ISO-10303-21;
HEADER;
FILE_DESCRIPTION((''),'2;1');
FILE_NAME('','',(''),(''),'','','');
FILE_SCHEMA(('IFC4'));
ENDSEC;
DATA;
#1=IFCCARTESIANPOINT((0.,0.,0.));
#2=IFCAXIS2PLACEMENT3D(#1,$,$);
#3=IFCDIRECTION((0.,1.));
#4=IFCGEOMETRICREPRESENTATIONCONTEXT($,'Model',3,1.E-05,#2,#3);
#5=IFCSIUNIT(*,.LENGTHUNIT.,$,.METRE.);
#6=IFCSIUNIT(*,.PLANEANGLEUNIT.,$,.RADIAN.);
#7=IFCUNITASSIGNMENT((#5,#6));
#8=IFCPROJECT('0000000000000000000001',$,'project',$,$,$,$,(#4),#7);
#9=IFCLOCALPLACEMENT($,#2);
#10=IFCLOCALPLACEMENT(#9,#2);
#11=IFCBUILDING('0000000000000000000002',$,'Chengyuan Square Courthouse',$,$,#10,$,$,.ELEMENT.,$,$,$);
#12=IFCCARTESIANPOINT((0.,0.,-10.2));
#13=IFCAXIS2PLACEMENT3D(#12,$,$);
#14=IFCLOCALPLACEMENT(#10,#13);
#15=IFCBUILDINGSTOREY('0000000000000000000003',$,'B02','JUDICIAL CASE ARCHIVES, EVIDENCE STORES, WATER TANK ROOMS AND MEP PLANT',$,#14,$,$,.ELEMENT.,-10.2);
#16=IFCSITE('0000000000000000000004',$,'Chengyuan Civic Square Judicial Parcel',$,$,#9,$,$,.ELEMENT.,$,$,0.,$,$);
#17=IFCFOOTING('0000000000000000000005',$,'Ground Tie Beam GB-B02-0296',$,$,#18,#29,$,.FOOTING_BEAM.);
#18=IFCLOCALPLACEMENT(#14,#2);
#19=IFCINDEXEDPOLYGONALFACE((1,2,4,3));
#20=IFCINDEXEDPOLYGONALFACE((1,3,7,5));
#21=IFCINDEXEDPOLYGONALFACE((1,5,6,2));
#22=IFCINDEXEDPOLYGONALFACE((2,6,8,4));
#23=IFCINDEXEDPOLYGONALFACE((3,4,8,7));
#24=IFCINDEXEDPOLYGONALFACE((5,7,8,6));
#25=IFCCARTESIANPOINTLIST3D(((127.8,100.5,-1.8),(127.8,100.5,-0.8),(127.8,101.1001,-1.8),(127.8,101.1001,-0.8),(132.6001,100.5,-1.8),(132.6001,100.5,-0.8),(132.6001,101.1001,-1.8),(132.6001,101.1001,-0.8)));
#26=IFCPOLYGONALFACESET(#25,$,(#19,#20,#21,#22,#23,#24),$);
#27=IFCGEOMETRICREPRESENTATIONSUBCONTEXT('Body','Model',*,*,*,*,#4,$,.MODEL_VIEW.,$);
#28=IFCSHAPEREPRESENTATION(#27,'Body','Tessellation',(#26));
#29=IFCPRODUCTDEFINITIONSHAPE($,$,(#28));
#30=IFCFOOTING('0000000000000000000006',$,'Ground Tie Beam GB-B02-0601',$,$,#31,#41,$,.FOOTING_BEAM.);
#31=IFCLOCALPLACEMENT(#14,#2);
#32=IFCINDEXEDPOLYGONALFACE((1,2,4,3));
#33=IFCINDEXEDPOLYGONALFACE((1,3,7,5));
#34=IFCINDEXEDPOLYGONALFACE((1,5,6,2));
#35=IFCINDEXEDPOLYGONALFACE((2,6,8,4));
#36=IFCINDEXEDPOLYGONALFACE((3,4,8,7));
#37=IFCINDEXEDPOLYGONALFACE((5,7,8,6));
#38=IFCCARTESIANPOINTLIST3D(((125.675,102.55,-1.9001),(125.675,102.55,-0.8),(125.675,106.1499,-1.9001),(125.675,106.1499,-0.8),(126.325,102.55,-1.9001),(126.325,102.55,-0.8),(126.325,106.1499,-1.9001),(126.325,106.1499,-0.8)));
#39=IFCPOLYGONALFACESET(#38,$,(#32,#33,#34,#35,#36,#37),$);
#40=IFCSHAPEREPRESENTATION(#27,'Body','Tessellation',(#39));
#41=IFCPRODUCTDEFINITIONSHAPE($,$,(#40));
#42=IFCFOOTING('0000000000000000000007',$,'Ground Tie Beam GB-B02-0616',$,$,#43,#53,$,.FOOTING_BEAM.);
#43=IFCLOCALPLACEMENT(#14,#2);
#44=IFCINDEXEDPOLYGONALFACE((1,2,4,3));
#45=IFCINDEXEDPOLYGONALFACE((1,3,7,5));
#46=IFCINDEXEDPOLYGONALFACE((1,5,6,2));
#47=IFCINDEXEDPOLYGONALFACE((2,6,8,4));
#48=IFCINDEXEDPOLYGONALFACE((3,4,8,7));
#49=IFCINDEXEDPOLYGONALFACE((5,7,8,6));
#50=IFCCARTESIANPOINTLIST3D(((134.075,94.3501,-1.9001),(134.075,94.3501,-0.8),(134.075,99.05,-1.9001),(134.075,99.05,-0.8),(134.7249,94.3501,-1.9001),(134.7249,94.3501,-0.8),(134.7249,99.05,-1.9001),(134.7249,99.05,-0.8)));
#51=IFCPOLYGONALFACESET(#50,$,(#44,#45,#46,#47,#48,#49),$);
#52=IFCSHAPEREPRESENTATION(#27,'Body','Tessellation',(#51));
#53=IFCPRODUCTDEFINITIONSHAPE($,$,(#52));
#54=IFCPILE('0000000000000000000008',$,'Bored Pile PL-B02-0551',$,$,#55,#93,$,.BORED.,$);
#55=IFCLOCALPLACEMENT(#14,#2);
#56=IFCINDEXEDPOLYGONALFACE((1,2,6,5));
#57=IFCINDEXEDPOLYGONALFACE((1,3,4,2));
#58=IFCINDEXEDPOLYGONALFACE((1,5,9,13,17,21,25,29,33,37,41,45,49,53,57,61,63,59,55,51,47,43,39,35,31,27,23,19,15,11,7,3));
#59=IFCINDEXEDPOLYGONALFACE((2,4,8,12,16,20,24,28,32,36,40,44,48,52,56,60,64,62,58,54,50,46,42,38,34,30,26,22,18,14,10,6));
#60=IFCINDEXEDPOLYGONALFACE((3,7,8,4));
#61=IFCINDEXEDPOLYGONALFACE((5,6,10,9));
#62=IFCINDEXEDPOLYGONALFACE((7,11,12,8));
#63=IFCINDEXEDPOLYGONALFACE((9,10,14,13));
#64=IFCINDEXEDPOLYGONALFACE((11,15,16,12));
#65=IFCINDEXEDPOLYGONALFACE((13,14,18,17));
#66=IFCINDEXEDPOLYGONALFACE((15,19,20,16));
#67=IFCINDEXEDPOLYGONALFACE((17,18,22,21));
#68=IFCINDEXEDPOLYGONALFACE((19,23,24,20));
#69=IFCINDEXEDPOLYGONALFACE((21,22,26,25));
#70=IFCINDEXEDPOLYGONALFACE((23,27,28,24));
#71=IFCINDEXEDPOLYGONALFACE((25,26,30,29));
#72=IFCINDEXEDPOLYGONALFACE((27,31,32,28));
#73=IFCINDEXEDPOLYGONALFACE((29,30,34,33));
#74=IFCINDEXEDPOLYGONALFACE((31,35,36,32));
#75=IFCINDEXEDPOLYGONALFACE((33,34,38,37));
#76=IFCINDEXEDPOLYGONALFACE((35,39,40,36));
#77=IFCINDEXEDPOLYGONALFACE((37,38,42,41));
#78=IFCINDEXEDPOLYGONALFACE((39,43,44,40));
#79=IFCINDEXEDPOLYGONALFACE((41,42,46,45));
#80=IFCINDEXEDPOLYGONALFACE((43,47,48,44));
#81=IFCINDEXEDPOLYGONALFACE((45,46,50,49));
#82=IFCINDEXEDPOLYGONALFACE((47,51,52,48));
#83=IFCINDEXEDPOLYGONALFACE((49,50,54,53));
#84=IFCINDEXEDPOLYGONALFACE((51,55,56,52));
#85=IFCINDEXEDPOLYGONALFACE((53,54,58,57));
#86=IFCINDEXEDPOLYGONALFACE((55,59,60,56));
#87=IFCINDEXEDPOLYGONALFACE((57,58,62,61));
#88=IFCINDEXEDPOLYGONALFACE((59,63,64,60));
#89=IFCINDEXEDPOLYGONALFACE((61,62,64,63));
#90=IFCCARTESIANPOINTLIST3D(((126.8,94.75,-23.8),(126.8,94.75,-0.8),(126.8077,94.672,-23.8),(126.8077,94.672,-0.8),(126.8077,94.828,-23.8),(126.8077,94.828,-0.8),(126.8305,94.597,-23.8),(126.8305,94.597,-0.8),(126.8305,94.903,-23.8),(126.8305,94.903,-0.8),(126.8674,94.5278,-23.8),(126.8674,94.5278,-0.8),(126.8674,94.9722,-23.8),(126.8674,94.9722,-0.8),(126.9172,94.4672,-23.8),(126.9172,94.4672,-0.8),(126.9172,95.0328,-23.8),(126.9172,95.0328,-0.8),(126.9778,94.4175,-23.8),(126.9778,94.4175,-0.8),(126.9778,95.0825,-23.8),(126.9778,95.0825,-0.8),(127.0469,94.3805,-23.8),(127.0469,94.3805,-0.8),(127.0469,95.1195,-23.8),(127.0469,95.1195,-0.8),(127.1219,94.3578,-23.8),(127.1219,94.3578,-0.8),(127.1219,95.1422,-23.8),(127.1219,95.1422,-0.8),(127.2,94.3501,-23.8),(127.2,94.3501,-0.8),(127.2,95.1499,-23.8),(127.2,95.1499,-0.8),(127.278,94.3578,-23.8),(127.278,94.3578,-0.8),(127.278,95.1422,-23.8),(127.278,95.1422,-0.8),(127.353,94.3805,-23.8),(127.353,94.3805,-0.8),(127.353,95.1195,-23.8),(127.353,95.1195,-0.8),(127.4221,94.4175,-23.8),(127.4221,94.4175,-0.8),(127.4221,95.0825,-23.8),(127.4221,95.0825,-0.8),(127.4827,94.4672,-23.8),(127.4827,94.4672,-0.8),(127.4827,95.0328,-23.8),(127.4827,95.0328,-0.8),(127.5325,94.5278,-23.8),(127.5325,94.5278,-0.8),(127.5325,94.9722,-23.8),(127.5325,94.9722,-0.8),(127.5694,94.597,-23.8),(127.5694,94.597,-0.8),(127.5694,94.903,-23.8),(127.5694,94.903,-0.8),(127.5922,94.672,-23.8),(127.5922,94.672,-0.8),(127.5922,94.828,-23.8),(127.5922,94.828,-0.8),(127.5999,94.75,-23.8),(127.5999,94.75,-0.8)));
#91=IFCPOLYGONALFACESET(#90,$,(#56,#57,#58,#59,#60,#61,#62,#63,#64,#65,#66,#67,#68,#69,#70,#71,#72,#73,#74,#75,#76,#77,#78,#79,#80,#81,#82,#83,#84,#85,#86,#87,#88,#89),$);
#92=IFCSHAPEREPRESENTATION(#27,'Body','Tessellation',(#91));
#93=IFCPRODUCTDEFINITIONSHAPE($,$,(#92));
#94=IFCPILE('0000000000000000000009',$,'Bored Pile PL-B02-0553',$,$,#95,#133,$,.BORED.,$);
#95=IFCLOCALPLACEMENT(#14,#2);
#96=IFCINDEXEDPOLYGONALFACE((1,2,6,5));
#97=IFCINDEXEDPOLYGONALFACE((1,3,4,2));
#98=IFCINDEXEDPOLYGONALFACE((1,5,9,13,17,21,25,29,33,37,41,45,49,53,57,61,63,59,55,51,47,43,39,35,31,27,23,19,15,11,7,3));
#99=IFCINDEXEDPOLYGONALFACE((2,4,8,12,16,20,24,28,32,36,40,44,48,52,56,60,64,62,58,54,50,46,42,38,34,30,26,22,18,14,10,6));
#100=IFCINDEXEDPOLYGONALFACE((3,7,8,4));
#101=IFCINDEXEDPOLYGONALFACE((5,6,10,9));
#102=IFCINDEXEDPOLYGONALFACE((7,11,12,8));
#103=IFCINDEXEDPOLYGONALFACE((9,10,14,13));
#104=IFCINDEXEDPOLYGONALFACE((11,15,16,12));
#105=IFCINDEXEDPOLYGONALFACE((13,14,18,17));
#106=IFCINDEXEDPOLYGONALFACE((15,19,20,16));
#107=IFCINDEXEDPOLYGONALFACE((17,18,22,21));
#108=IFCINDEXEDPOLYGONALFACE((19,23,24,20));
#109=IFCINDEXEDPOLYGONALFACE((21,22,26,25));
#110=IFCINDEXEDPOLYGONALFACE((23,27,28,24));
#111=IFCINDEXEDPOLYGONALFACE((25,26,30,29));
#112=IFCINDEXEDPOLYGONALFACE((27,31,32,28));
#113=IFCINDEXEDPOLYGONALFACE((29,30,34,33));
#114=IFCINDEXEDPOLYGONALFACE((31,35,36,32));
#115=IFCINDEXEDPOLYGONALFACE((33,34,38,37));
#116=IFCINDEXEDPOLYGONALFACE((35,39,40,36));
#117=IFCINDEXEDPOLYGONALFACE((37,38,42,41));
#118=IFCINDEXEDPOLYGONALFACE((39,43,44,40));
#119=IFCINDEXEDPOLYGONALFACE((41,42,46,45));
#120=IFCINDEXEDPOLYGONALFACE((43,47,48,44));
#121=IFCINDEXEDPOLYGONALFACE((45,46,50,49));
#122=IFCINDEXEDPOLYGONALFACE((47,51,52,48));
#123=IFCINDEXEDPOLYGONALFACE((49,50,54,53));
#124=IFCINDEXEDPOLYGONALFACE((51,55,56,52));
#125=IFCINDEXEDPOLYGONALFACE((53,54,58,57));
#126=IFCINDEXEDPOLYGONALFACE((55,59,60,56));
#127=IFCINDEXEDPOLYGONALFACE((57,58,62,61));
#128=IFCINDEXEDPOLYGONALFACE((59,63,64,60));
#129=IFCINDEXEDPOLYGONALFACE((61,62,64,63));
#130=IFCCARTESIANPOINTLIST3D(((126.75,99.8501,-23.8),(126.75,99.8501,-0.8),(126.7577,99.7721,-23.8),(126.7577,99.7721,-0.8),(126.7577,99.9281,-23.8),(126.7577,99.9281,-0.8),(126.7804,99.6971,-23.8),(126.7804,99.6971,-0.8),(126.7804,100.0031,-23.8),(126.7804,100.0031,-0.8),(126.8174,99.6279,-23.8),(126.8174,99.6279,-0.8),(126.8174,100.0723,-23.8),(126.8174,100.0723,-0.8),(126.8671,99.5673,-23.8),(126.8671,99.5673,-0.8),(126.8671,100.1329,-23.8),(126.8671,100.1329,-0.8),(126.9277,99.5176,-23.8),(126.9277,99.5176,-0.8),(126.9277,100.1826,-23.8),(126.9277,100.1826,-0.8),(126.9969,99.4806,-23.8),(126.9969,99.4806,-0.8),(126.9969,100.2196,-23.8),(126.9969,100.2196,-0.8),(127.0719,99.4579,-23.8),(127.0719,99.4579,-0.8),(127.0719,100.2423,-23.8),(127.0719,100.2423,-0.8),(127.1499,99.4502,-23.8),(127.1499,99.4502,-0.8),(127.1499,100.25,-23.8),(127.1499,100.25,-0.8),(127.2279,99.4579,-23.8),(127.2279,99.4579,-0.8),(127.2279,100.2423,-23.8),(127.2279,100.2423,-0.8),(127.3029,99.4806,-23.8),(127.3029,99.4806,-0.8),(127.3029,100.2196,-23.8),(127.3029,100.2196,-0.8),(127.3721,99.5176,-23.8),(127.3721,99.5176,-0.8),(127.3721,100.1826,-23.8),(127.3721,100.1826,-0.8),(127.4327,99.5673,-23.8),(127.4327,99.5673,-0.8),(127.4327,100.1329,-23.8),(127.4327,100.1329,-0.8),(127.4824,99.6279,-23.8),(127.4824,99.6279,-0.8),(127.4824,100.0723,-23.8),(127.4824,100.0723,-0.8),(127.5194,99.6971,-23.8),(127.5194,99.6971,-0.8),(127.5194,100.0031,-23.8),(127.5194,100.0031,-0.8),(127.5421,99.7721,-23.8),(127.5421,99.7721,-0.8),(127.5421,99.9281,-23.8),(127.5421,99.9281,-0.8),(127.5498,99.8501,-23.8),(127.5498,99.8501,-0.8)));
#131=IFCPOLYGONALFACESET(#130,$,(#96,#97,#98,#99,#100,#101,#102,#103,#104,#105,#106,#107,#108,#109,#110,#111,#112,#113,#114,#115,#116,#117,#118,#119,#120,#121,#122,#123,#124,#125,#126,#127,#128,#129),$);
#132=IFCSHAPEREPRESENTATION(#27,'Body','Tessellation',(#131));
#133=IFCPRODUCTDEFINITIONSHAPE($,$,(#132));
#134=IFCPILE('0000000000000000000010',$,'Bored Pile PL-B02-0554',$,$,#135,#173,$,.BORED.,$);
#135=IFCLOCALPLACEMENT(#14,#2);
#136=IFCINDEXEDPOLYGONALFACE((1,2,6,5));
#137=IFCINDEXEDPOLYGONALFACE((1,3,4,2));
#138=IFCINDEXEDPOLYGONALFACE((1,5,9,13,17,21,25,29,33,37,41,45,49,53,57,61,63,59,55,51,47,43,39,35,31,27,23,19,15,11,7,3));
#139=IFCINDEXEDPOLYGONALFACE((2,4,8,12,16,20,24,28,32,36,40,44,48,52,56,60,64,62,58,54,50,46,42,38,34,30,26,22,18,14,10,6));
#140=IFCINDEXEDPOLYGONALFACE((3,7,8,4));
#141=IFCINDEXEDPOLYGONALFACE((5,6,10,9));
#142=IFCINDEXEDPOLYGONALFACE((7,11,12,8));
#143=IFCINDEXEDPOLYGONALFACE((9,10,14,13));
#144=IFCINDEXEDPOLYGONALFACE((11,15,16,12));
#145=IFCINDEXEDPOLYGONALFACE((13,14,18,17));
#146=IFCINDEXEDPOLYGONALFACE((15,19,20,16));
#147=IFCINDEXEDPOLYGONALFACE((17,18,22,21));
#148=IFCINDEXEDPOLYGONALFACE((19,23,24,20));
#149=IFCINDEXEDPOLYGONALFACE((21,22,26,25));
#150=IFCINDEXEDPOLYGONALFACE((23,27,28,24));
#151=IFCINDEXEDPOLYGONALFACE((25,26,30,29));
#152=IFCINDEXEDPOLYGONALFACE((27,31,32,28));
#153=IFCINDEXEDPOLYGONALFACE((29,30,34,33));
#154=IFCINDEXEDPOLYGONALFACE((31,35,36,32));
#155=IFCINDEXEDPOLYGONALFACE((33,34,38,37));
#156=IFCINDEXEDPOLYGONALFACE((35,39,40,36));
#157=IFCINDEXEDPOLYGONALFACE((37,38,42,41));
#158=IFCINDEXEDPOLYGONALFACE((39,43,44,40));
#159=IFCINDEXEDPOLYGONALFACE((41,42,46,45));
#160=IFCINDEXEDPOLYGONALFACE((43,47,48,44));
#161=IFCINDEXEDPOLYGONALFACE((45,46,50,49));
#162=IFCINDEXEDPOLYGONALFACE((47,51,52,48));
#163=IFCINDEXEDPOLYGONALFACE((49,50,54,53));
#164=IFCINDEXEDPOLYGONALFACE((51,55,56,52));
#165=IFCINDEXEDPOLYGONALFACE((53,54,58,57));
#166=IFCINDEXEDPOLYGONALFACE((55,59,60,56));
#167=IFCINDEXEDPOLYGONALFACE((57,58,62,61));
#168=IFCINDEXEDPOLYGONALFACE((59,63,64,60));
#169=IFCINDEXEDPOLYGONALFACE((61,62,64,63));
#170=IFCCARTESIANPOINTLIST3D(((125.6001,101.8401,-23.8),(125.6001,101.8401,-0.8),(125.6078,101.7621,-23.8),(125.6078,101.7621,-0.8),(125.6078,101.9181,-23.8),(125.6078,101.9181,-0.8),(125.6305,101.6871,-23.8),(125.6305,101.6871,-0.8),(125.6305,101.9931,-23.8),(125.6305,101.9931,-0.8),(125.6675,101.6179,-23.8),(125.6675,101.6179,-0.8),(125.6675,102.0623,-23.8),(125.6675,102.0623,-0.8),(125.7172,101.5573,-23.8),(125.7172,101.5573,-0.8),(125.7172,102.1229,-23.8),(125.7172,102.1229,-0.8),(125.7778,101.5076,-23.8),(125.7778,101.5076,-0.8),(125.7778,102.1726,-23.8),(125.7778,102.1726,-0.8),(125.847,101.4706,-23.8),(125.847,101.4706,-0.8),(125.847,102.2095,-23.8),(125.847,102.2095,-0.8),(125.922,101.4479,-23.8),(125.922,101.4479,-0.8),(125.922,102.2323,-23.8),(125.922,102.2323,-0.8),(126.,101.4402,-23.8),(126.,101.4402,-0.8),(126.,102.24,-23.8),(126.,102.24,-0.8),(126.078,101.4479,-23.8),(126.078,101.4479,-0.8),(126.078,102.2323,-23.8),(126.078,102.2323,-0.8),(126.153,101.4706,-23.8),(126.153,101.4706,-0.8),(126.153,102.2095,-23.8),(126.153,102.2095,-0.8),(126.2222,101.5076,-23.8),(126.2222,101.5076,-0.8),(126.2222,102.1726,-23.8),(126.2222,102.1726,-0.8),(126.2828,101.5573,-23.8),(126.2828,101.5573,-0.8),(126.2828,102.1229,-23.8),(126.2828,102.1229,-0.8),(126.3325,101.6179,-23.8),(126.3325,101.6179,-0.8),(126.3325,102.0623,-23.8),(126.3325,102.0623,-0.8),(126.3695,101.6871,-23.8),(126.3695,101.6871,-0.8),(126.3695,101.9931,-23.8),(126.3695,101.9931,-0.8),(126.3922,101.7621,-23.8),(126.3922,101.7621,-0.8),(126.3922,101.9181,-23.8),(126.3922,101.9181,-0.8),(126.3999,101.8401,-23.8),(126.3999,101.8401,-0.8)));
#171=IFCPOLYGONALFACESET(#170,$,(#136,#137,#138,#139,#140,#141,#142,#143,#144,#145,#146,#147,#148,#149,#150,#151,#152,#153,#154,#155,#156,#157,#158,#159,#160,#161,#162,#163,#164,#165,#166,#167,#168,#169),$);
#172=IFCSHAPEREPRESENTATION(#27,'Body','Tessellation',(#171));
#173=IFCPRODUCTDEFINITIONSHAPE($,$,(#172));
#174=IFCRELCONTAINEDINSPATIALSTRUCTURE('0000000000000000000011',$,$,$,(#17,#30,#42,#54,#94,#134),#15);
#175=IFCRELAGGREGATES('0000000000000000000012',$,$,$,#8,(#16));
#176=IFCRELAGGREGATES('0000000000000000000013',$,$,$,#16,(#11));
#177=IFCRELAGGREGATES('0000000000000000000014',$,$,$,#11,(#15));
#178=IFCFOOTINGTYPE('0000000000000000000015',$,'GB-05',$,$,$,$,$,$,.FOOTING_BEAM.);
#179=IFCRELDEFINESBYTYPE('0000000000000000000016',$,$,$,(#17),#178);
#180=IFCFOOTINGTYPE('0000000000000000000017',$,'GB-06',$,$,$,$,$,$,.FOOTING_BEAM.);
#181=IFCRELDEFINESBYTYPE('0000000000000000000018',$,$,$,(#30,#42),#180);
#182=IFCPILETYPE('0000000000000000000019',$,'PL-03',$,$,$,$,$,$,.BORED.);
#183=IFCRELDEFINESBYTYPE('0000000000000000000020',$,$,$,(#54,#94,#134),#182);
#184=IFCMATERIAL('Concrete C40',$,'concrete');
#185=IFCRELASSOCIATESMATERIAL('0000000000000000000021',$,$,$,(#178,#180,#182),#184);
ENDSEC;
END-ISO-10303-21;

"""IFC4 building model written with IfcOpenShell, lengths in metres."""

from ifc_helpers import new_model, si_unit, direction, frame, origin, origin_2d, place, context, subcontext, project, spatial, rectangle, circle, extrude, material, material_profile, profile_set, type_object, element, save


model = new_model("IFC4")

# Units and contexts
model_context = context("Model", 3, precision=1e-05, world=origin(), true_north=direction((0.0, 1.0)))
body_context = subcontext(model_context, "Body", "Model", "MODEL_VIEW")
ifc_project = project(units=[si_unit("LENGTHUNIT", "METRE"), si_unit("PLANEANGLEUNIT", "RADIAN")], contexts=[model_context])

# Site, building, storey
site_placement = place(None, origin())
site = spatial("IfcSite", under=ifc_project, at=site_placement, Name="Chengyuan Civic Square Judicial Parcel", CompositionType="ELEMENT", RefElevation=0.0)
building_placement = place(site_placement, origin())
building = spatial("IfcBuilding", under=site, at=building_placement, Name="Chengyuan Square Courthouse", CompositionType="ELEMENT")
storey_placement = place(building_placement, frame((0.0, 0.0, -10.2)))
storey = spatial("IfcBuildingStorey", under=building, at=storey_placement, Name="B02", Description="JUDICIAL CASE ARCHIVES, EVIDENCE STORES, WATER TANK ROOMS AND MEP PLANT", CompositionType="ELEMENT", Elevation=-10.2)

# Footings
ifc_material_1 = material(Name="Concrete C40", Category="concrete")
ifc_material_profile_1 = material_profile(ifc_material_1, rectangle(XDim=0.6001, YDim=1.0, at=origin_2d()), Name="GB-600x1000")
ifc_profile_set_1 = profile_set([ifc_material_profile_1], Name="Concrete C40")
footing_type_1 = type_object("IfcFootingType", Name="GB-05", PredefinedType="FOOTING_BEAM", material=ifc_profile_set_1)
footing_1_placement = place(storey_placement, frame((127.8, 100.8, -1.3), z_axis=(1.0, 0.0, 0.0), x_axis=(0.0, 1.0, 0.0)))
element("IfcFooting", 1, at=footing_1_placement, inside=storey, type_object=footing_type_1, Name="Ground Tie Beam GB-B02-0296", PredefinedType="FOOTING_BEAM", context=body_context, shape_type="SweptSolid", body=[
    extrude(rectangle(XDim=0.6001, YDim=1.0, at=origin_2d()), origin(), (0.0, 0.0, 1.0), 4.8),
])
ifc_material_profile_2 = material_profile(ifc_material_1, rectangle(XDim=0.6499, YDim=1.1001, at=origin_2d()), Name="GB-650x1100")
ifc_profile_set_2 = profile_set([ifc_material_profile_2], Name="Concrete C40")
footing_type_2 = type_object("IfcFootingType", Name="GB-06", PredefinedType="FOOTING_BEAM", material=ifc_profile_set_2)
footing_2_placement = place(storey_placement, frame((126.0, 102.55, -1.3501), z_axis=(0.0, 1.0, 0.0), x_axis=(-1.0, 0.0, 0.0)))
element("IfcFooting", 2, at=footing_2_placement, inside=storey, type_object=footing_type_2, Name="Ground Tie Beam GB-B02-0601", PredefinedType="FOOTING_BEAM", context=body_context, shape_type="SweptSolid", body=[
    extrude(rectangle(XDim=0.6499, YDim=1.1001, at=origin_2d()), origin(), (0.0, 0.0, 1.0), 3.5999),
])
footing_3_placement = place(storey_placement, frame((134.3999, 94.3501, -1.3501), z_axis=(0.0, 1.0, 0.0), x_axis=(-1.0, 0.0, 0.0)))
element("IfcFooting", 3, at=footing_3_placement, inside=storey, type_object=footing_type_2, Name="Ground Tie Beam GB-B02-0616", PredefinedType="FOOTING_BEAM", context=body_context, shape_type="SweptSolid", body=[
    extrude(rectangle(XDim=0.6499, YDim=1.1001, at=origin_2d()), origin(), (0.0, 0.0, 1.0), 4.7),
])

# Piles
ifc_material_profile_3 = material_profile(ifc_material_1, circle(Radius=0.3999, at=origin_2d()), Name="BORED PILE D800")
ifc_profile_set_3 = profile_set([ifc_material_profile_3], Name="Concrete C40")
pile_type = type_object("IfcPileType", Name="PL-03", PredefinedType="BORED", material=ifc_profile_set_3)
for number, where, z_axis, x_axis, name in (
    (4, (127.2, 94.75, -0.8), (0.0, 0.0, -1.0), (1.0, 0.0, 0.0), "Bored Pile PL-B02-0551"),
    (5, (127.1499, 99.8501, -0.8), (0.0, 0.0, -1.0), (1.0, 0.0, 0.0), "Bored Pile PL-B02-0553"),
    (6, (126.0, 101.8401, -0.8), (0.0, 0.0, -1.0), (1.0, 0.0, 0.0), "Bored Pile PL-B02-0554"),
):
    element("IfcPile", number, at=place(storey_placement, frame(where, z_axis=z_axis, x_axis=x_axis)), inside=storey, type_object=pile_type, Name=name, PredefinedType="BORED", context=body_context, shape_type="SweptSolid", body=[
        extrude(circle(Radius=0.3999, at=origin_2d()), origin(), (0.0, 0.0, 1.0), 23.0),
    ])

save(model, "model.ifc")
